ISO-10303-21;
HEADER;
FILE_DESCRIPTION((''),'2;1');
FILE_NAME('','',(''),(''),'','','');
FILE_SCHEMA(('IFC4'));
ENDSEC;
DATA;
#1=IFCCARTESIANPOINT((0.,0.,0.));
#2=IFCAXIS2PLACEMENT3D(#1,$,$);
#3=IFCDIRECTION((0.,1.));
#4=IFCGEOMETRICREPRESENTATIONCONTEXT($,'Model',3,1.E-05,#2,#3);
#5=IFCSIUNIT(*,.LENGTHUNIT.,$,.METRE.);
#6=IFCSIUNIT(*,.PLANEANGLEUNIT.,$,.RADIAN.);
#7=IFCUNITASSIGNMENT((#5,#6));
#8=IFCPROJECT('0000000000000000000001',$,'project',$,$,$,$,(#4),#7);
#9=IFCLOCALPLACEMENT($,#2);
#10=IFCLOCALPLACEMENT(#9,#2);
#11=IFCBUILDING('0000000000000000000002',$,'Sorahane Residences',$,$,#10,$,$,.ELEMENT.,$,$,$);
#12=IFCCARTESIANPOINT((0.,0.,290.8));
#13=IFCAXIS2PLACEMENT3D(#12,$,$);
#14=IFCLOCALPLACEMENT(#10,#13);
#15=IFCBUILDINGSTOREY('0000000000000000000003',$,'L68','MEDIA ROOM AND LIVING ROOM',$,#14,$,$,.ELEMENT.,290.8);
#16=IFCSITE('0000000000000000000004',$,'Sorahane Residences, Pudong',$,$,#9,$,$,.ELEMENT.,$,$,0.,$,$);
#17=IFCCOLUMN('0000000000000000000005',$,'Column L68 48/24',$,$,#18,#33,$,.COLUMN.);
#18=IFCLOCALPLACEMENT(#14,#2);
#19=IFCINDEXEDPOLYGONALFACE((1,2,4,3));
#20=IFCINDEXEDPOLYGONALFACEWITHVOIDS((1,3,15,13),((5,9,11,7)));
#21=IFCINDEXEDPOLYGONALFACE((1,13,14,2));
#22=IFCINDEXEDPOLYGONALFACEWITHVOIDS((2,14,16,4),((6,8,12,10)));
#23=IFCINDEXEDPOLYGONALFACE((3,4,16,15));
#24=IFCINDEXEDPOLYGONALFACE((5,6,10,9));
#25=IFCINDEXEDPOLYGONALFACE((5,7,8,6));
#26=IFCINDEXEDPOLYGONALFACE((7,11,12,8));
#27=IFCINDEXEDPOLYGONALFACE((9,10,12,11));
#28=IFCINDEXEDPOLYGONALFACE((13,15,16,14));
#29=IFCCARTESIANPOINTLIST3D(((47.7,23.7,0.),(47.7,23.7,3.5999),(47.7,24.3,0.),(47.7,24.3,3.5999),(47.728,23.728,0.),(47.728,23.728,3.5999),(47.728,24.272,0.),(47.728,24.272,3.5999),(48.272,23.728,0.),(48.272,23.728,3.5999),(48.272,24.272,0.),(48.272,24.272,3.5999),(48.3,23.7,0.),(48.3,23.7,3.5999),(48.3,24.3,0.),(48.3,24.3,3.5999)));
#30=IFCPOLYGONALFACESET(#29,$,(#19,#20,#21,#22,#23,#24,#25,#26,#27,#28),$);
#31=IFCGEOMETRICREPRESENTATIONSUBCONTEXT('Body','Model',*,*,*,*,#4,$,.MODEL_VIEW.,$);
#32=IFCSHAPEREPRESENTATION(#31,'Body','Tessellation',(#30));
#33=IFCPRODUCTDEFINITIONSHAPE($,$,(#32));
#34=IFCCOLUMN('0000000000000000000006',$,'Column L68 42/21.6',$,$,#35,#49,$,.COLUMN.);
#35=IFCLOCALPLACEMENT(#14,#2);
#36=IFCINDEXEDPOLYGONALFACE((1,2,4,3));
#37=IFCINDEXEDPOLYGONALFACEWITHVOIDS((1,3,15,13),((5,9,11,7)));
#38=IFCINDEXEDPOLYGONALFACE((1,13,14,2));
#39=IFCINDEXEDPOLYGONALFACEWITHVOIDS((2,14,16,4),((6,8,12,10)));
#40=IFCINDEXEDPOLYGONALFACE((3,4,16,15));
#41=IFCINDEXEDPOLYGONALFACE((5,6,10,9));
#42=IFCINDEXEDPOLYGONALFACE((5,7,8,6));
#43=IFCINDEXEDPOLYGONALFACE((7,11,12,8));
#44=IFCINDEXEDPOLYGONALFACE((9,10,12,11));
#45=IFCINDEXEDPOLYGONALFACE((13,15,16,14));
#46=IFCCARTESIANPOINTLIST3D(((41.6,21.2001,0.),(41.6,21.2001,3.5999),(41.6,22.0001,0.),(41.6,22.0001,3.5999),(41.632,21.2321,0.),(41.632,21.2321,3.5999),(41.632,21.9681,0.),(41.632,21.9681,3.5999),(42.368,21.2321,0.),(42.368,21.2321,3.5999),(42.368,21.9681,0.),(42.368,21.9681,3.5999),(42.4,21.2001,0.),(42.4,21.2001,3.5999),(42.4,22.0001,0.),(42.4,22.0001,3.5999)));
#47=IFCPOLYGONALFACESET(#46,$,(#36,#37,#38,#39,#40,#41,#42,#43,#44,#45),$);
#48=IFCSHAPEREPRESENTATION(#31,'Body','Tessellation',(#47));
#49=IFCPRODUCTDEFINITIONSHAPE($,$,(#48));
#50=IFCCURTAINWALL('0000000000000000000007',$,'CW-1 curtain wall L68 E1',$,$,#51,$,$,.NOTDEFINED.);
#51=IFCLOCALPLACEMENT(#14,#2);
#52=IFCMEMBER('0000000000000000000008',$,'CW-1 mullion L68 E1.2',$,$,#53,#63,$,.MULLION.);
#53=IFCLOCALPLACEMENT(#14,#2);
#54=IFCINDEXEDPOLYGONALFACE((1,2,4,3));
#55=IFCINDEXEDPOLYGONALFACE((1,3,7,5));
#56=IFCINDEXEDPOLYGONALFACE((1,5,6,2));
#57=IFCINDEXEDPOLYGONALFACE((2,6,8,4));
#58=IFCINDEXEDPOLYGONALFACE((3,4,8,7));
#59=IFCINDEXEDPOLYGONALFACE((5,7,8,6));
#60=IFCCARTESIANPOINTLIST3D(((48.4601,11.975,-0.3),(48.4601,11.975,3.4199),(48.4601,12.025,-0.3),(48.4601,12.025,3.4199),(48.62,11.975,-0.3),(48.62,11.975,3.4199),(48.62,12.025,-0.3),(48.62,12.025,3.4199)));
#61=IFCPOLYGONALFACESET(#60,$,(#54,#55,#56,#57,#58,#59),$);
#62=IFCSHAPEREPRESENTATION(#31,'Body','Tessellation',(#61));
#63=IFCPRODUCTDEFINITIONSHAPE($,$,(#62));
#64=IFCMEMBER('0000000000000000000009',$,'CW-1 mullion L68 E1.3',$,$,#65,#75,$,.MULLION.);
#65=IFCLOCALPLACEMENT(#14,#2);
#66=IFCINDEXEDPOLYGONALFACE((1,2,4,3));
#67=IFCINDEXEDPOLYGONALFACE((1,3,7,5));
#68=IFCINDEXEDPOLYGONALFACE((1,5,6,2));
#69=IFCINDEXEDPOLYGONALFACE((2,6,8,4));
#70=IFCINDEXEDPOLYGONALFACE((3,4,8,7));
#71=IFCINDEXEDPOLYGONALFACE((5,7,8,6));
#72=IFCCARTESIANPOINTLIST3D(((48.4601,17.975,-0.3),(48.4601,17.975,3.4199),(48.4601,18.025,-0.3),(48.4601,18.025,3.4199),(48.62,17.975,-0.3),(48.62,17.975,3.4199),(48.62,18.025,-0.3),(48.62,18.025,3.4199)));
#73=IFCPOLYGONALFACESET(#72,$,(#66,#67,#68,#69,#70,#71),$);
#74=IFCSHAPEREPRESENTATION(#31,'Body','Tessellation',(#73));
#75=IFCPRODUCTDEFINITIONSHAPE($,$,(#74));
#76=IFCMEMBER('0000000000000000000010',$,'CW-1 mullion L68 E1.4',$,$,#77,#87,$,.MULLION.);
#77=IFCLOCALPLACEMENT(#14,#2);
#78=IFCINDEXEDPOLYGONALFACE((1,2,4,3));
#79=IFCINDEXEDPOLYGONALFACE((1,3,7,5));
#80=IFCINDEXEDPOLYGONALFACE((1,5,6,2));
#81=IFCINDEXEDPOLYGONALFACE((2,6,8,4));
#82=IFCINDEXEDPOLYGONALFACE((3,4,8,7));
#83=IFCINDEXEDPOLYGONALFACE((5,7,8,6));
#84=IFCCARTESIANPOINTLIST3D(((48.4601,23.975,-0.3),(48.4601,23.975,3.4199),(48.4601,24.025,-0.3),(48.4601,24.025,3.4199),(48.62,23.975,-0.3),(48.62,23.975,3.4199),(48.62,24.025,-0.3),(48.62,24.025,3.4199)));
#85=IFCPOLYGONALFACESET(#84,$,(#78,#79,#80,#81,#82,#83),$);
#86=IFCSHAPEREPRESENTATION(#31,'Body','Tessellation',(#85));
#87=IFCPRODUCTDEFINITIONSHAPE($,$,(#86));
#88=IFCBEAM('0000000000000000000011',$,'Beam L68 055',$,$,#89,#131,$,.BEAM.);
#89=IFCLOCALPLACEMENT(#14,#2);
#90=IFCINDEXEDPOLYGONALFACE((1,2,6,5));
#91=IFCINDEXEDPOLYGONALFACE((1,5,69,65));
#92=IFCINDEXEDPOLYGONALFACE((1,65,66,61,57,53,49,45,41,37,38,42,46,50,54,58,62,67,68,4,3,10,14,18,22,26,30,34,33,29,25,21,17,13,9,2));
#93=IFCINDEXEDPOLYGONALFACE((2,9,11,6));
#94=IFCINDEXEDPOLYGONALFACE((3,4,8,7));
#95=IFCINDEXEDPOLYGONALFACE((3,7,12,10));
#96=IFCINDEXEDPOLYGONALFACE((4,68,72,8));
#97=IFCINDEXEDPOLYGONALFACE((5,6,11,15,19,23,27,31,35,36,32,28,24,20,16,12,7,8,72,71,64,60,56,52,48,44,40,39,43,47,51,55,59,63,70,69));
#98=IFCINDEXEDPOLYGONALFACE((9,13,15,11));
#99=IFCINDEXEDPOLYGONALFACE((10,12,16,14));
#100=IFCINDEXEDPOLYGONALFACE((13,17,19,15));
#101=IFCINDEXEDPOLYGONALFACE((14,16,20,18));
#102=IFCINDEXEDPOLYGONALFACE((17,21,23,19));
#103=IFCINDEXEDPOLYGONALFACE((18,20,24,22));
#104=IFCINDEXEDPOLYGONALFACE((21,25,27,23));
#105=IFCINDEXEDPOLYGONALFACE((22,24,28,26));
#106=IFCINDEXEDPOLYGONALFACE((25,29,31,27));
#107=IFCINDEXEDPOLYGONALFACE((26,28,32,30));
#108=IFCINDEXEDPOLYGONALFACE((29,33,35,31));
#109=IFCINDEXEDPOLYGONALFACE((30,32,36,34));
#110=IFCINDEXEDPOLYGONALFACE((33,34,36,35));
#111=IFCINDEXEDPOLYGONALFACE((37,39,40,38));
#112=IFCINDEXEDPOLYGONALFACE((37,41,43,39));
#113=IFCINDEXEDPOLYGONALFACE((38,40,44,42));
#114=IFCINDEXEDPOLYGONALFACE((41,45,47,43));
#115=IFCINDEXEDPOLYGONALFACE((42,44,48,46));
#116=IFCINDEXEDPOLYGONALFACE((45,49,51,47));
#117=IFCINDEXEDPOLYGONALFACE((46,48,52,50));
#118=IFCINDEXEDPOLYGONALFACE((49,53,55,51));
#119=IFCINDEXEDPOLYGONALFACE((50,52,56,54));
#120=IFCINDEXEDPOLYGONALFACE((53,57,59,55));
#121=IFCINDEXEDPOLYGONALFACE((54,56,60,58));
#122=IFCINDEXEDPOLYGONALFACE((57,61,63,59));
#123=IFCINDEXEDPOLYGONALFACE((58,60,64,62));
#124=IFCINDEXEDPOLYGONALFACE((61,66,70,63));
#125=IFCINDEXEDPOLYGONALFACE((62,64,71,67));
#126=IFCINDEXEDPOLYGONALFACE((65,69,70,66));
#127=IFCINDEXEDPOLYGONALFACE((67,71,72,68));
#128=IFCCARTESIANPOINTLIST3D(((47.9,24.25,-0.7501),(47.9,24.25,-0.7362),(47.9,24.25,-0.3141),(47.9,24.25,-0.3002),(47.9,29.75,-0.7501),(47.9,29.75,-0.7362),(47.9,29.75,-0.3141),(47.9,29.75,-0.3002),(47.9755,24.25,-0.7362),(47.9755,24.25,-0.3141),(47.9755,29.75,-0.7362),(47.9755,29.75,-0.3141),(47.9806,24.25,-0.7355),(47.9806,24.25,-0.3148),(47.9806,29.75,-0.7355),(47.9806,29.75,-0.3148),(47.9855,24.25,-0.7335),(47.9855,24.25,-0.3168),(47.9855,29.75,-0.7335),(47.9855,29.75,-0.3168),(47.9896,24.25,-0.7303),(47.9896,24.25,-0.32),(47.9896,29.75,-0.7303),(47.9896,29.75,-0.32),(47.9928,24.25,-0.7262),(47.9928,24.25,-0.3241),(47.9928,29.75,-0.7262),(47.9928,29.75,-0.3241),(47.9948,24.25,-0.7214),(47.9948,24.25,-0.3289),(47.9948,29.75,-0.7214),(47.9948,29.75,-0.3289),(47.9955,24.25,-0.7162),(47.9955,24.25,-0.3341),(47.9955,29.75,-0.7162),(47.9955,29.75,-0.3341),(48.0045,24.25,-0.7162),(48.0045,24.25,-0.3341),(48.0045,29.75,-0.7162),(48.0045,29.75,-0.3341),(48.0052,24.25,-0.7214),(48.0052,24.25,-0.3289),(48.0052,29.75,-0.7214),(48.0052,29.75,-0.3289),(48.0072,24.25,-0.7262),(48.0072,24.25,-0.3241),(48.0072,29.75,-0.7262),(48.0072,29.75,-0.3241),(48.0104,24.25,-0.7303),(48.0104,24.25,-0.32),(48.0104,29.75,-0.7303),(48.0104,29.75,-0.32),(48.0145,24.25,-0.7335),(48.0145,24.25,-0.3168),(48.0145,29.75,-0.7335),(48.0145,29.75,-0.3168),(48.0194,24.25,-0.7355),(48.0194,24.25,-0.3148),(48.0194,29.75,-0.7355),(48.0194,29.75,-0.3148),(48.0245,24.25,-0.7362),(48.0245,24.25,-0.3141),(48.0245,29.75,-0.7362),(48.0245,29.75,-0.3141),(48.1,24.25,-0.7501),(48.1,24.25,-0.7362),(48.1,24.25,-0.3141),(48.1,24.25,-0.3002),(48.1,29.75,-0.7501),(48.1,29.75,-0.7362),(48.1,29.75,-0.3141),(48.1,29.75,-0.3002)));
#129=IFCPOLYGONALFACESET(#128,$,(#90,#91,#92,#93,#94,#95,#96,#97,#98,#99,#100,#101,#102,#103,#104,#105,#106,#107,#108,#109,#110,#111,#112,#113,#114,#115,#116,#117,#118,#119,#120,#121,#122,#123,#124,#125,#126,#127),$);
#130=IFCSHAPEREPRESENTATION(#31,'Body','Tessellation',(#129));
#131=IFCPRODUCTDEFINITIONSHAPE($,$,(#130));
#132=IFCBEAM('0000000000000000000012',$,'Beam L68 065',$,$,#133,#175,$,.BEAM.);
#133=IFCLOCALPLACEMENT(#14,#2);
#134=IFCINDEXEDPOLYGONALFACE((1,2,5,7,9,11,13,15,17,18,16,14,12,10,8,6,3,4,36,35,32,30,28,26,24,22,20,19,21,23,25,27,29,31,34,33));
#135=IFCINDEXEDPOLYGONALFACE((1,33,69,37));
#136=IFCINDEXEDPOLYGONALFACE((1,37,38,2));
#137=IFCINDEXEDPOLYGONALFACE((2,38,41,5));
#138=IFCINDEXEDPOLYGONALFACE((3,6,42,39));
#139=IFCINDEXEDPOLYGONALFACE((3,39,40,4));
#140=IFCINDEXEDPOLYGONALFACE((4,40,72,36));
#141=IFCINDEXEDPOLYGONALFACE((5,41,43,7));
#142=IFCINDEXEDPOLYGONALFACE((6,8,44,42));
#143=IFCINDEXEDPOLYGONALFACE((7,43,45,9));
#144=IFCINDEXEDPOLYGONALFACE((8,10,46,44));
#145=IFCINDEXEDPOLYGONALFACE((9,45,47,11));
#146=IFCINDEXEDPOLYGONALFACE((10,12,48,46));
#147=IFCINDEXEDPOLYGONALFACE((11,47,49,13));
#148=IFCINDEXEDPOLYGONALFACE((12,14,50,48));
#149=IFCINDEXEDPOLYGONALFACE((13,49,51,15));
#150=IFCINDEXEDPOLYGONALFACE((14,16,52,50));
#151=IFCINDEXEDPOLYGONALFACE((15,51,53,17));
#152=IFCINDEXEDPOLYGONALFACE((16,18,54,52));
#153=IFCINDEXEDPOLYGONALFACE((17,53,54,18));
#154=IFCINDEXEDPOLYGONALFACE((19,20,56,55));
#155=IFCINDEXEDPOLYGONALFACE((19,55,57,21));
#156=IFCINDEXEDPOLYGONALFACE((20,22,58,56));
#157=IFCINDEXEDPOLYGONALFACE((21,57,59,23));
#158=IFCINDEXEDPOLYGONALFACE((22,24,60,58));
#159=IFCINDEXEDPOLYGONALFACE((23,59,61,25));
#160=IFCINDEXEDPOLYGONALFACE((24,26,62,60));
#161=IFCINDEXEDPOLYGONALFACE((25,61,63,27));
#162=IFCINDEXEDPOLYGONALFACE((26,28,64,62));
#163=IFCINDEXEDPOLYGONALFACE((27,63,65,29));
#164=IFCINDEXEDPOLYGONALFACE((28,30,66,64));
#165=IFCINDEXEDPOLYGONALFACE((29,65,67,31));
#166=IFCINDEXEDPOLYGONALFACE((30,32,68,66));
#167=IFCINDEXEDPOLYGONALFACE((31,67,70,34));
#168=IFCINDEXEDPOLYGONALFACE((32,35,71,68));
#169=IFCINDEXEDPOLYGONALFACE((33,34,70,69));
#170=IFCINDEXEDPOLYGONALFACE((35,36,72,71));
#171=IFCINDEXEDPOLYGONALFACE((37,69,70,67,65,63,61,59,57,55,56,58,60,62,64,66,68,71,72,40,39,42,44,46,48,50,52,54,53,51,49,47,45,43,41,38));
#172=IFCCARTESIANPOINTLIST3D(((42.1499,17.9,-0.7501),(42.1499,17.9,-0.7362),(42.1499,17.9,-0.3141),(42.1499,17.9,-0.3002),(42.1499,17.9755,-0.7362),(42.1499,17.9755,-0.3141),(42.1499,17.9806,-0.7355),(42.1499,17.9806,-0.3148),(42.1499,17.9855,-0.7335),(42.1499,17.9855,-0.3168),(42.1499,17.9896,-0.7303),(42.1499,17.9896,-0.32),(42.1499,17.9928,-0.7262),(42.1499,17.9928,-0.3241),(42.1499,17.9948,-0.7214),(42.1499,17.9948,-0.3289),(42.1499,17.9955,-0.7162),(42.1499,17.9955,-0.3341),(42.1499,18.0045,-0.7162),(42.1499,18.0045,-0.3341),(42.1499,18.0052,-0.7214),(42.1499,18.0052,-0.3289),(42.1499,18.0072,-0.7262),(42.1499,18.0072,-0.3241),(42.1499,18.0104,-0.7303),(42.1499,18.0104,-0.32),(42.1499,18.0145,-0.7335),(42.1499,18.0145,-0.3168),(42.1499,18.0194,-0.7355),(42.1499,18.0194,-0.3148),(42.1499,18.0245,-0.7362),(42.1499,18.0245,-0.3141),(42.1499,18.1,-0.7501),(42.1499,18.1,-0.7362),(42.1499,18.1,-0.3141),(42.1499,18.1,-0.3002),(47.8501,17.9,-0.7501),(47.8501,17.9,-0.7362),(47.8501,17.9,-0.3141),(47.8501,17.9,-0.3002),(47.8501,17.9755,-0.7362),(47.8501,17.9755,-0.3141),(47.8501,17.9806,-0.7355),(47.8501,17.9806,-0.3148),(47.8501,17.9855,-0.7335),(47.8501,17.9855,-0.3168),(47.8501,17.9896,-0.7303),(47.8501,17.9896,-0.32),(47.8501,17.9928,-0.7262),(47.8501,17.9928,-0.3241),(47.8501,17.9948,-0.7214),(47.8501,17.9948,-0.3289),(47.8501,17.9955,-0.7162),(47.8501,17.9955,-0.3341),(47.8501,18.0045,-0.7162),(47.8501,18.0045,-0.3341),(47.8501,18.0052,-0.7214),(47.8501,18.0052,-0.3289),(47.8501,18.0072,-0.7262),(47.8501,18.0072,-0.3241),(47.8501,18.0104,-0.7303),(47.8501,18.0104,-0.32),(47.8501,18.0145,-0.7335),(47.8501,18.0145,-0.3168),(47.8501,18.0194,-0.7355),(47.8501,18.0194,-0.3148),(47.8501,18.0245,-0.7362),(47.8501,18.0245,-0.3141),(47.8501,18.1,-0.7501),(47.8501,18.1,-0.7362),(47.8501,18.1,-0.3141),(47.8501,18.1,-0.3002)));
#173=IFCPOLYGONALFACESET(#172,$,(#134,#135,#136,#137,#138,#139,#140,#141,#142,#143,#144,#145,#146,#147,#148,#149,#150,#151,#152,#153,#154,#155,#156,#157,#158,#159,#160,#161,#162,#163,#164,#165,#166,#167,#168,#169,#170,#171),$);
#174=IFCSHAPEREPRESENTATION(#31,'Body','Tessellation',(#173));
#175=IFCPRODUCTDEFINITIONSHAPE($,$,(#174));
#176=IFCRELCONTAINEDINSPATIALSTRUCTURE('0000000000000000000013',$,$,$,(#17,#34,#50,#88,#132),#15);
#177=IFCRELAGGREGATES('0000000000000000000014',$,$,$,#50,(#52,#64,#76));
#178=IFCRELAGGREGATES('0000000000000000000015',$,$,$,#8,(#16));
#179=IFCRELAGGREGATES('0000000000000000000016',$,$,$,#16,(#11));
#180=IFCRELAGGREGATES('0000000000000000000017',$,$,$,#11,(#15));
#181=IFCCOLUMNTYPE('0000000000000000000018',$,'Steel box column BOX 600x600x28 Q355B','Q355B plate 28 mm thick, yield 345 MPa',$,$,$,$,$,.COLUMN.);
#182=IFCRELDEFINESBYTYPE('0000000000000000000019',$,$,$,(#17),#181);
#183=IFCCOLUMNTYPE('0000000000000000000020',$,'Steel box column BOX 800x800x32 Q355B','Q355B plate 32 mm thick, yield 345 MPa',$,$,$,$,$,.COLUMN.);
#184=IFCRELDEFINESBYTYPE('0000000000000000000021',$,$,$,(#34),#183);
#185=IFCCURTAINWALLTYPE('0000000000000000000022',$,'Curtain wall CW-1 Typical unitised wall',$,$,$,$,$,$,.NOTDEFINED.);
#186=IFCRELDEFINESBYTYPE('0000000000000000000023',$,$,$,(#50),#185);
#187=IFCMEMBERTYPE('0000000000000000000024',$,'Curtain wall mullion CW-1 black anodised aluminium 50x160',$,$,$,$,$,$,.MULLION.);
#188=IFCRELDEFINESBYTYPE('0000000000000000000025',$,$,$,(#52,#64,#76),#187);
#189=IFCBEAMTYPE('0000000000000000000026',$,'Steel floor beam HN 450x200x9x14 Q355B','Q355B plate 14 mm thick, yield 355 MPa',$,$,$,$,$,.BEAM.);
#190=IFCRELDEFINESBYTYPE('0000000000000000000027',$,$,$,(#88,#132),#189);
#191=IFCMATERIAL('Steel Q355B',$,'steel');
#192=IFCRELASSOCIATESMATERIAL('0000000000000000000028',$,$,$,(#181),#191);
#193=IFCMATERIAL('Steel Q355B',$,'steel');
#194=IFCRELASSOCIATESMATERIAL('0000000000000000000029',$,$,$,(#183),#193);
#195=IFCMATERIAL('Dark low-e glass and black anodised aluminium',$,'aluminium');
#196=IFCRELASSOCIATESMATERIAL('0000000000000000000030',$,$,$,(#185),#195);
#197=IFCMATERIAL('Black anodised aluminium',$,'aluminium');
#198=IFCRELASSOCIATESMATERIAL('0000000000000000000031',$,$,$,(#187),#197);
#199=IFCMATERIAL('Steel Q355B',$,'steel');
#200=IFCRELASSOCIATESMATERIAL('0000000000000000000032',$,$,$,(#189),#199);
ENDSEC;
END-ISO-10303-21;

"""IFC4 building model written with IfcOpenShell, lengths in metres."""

from ifc_helpers import new_model, si_unit, direction, frame, origin, origin_2d, place, context, subcontext, project, spatial, rectangle, hollow_rectangle, i_section, extrude, material, material_profile, profile_set, type_object, element, aggregate, save


model = new_model("IFC4")

# Units and contexts
model_context = context("Model", 3, precision=1e-05, world=origin(), true_north=direction((0.0, 1.0)))
body_context = subcontext(model_context, "Body", "Model", "MODEL_VIEW")
ifc_project = project(units=[si_unit("LENGTHUNIT", "METRE"), si_unit("PLANEANGLEUNIT", "RADIAN")], contexts=[model_context])

# Site, building, storey
site_placement = place(None, origin())
site = spatial("IfcSite", under=ifc_project, at=site_placement, Name="Sorahane Residences, Pudong", CompositionType="ELEMENT", RefElevation=0.0)
building_placement = place(site_placement, origin())
building = spatial("IfcBuilding", under=site, at=building_placement, Name="Sorahane Residences", CompositionType="ELEMENT")
storey_placement = place(building_placement, frame((0.0, 0.0, 290.8)))
storey = spatial("IfcBuildingStorey", under=building, at=storey_placement, Name="L68", Description="MEDIA ROOM AND LIVING ROOM", CompositionType="ELEMENT", Elevation=290.8)

# Columns
ifc_material_1 = material(Name="Steel Q355B", Category="steel")
ifc_material_profile_1 = material_profile(ifc_material_1, hollow_rectangle(XDim=0.6001, YDim=0.6001, WallThickness=0.0281, at=origin_2d()), Name="BOX 600x600x28")
ifc_profile_set_1 = profile_set([ifc_material_profile_1], Name="Steel Q355B")
column_type_1 = type_object("IfcColumnType", Name="Steel box column BOX 600x600x28 Q355B", Description="Q355B plate 28 mm thick, yield 345 MPa", PredefinedType="COLUMN", material=ifc_profile_set_1)
column_1_placement = place(storey_placement, frame((48.0, 24.0, 0.0), z_axis=(0.0, 0.0, 1.0), x_axis=(1.0, 0.0, 0.0)))
element("IfcColumn", 1, at=column_1_placement, inside=storey, type_object=column_type_1, Name="Column L68 48/24", PredefinedType="COLUMN", context=body_context, shape_type="SweptSolid", body=[
    extrude(hollow_rectangle(XDim=0.6001, YDim=0.6001, WallThickness=0.0281, at=origin_2d()), origin(), (0.0, 0.0, 1.0), 3.5999),
])
ifc_material_2 = material(Name="Steel Q355B", Category="steel")
ifc_material_profile_2 = material_profile(ifc_material_2, hollow_rectangle(XDim=0.8, YDim=0.8, WallThickness=0.032, at=origin_2d()), Name="BOX 800x800x32")
ifc_profile_set_2 = profile_set([ifc_material_profile_2], Name="Steel Q355B")
column_type_2 = type_object("IfcColumnType", Name="Steel box column BOX 800x800x32 Q355B", Description="Q355B plate 32 mm thick, yield 345 MPa", PredefinedType="COLUMN", material=ifc_profile_set_2)
column_2_placement = place(storey_placement, frame((42.0, 21.6001, 0.0), z_axis=(0.0, 0.0, 1.0), x_axis=(1.0, 0.0, 0.0)))
element("IfcColumn", 2, at=column_2_placement, inside=storey, type_object=column_type_2, Name="Column L68 42/21.6", PredefinedType="COLUMN", context=body_context, shape_type="SweptSolid", body=[
    extrude(hollow_rectangle(XDim=0.8, YDim=0.8, WallThickness=0.032, at=origin_2d()), origin(), (0.0, 0.0, 1.0), 3.5999),
])

# Curtain wall, members
ifc_material_3 = material(Name="Dark low-e glass and black anodised aluminium", Category="aluminium")
curtain_wall_type = type_object("IfcCurtainWallType", Name="Curtain wall CW-1 Typical unitised wall", PredefinedType="NOTDEFINED", material=ifc_material_3)
curtain_wall_placement = place(storey_placement, origin())
curtain_wall = element("IfcCurtainWall", 3, at=curtain_wall_placement, inside=storey, type_object=curtain_wall_type, Name="CW-1 curtain wall L68 E1", PredefinedType="NOTDEFINED")
ifc_material_4 = material(Name="Black anodised aluminium", Category="aluminium")
ifc_material_profile_3 = material_profile(ifc_material_4, rectangle(XDim=0.1599, YDim=0.05, at=origin_2d()), Name="Curtain wall mullion CW-1 black anodised aluminium 50x160")
ifc_profile_set_3 = profile_set([ifc_material_profile_3], Name="Black anodised aluminium")
member_type = type_object("IfcMemberType", Name="Curtain wall mullion CW-1 black anodised aluminium 50x160", PredefinedType="MULLION", material=ifc_profile_set_3)
member_1_placement = place(storey_placement, frame((48.54, 12.0, -0.3), z_axis=(0.0, 0.0, 1.0), x_axis=(1.0, 0.0, 0.0)))
member_1 = element("IfcMember", 4, at=member_1_placement, type_object=member_type, Name="CW-1 mullion L68 E1.2", PredefinedType="MULLION", context=body_context, shape_type="SweptSolid", body=[
    extrude(rectangle(XDim=0.1599, YDim=0.05, at=origin_2d()), origin(), (0.0, 0.0, 1.0), 3.72),
])
member_2_placement = place(storey_placement, frame((48.54, 18.0, -0.3), z_axis=(0.0, 0.0, 1.0), x_axis=(1.0, 0.0, 0.0)))
member_2 = element("IfcMember", 5, at=member_2_placement, type_object=member_type, Name="CW-1 mullion L68 E1.3", PredefinedType="MULLION", context=body_context, shape_type="SweptSolid", body=[
    extrude(rectangle(XDim=0.1599, YDim=0.05, at=origin_2d()), origin(), (0.0, 0.0, 1.0), 3.72),
])
member_3_placement = place(storey_placement, frame((48.54, 24.0, -0.3), z_axis=(0.0, 0.0, 1.0), x_axis=(1.0, 0.0, 0.0)))
member_3 = element("IfcMember", 6, at=member_3_placement, type_object=member_type, Name="CW-1 mullion L68 E1.4", PredefinedType="MULLION", context=body_context, shape_type="SweptSolid", body=[
    extrude(rectangle(XDim=0.1599, YDim=0.05, at=origin_2d()), origin(), (0.0, 0.0, 1.0), 3.72),
])

# Beams
ifc_material_5 = material(Name="Steel Q355B", Category="steel")
ifc_material_profile_4 = material_profile(ifc_material_5, i_section(OverallWidth=0.2, OverallDepth=0.45, WebThickness=0.009, FlangeThickness=0.0139, FilletRadius=0.02, at=origin_2d()), Name="HN 450x200x9x14")
ifc_profile_set_4 = profile_set([ifc_material_profile_4], Name="Steel Q355B")
beam_type_1 = type_object("IfcBeamType", Name="Steel floor beam HN 450x200x9x14 Q355B", Description="Q355B plate 14 mm thick, yield 355 MPa", PredefinedType="BEAM", material=ifc_profile_set_4)
beam_1_placement = place(storey_placement, frame((48.0, 24.25, -0.5251), z_axis=(0.0, 1.0, 0.0), x_axis=(-1.0, 0.0, 0.0)))
element("IfcBeam", 7, at=beam_1_placement, inside=storey, type_object=beam_type_1, Name="Beam L68 055", PredefinedType="BEAM", context=body_context, shape_type="SweptSolid", body=[
    extrude(i_section(OverallWidth=0.2, OverallDepth=0.45, WebThickness=0.009, FlangeThickness=0.0139, FilletRadius=0.02, at=origin_2d()), origin(), (0.0, 0.0, 1.0), 5.5),
])
beam_2_placement = place(storey_placement, frame((42.1499, 18.0, -0.5251), z_axis=(1.0, 0.0, 0.0), x_axis=(0.0, 1.0, 0.0)))
element("IfcBeam", 8, at=beam_2_placement, inside=storey, type_object=beam_type_1, Name="Beam L68 065", PredefinedType="BEAM", context=body_context, shape_type="SweptSolid", body=[
    extrude(i_section(OverallWidth=0.2, OverallDepth=0.45, WebThickness=0.009, FlangeThickness=0.0139, FilletRadius=0.02, at=origin_2d()), origin(), (0.0, 0.0, 1.0), 5.7002),
])

aggregate(curtain_wall, [member_1, member_2, member_3])

save(model, "model.ifc")
